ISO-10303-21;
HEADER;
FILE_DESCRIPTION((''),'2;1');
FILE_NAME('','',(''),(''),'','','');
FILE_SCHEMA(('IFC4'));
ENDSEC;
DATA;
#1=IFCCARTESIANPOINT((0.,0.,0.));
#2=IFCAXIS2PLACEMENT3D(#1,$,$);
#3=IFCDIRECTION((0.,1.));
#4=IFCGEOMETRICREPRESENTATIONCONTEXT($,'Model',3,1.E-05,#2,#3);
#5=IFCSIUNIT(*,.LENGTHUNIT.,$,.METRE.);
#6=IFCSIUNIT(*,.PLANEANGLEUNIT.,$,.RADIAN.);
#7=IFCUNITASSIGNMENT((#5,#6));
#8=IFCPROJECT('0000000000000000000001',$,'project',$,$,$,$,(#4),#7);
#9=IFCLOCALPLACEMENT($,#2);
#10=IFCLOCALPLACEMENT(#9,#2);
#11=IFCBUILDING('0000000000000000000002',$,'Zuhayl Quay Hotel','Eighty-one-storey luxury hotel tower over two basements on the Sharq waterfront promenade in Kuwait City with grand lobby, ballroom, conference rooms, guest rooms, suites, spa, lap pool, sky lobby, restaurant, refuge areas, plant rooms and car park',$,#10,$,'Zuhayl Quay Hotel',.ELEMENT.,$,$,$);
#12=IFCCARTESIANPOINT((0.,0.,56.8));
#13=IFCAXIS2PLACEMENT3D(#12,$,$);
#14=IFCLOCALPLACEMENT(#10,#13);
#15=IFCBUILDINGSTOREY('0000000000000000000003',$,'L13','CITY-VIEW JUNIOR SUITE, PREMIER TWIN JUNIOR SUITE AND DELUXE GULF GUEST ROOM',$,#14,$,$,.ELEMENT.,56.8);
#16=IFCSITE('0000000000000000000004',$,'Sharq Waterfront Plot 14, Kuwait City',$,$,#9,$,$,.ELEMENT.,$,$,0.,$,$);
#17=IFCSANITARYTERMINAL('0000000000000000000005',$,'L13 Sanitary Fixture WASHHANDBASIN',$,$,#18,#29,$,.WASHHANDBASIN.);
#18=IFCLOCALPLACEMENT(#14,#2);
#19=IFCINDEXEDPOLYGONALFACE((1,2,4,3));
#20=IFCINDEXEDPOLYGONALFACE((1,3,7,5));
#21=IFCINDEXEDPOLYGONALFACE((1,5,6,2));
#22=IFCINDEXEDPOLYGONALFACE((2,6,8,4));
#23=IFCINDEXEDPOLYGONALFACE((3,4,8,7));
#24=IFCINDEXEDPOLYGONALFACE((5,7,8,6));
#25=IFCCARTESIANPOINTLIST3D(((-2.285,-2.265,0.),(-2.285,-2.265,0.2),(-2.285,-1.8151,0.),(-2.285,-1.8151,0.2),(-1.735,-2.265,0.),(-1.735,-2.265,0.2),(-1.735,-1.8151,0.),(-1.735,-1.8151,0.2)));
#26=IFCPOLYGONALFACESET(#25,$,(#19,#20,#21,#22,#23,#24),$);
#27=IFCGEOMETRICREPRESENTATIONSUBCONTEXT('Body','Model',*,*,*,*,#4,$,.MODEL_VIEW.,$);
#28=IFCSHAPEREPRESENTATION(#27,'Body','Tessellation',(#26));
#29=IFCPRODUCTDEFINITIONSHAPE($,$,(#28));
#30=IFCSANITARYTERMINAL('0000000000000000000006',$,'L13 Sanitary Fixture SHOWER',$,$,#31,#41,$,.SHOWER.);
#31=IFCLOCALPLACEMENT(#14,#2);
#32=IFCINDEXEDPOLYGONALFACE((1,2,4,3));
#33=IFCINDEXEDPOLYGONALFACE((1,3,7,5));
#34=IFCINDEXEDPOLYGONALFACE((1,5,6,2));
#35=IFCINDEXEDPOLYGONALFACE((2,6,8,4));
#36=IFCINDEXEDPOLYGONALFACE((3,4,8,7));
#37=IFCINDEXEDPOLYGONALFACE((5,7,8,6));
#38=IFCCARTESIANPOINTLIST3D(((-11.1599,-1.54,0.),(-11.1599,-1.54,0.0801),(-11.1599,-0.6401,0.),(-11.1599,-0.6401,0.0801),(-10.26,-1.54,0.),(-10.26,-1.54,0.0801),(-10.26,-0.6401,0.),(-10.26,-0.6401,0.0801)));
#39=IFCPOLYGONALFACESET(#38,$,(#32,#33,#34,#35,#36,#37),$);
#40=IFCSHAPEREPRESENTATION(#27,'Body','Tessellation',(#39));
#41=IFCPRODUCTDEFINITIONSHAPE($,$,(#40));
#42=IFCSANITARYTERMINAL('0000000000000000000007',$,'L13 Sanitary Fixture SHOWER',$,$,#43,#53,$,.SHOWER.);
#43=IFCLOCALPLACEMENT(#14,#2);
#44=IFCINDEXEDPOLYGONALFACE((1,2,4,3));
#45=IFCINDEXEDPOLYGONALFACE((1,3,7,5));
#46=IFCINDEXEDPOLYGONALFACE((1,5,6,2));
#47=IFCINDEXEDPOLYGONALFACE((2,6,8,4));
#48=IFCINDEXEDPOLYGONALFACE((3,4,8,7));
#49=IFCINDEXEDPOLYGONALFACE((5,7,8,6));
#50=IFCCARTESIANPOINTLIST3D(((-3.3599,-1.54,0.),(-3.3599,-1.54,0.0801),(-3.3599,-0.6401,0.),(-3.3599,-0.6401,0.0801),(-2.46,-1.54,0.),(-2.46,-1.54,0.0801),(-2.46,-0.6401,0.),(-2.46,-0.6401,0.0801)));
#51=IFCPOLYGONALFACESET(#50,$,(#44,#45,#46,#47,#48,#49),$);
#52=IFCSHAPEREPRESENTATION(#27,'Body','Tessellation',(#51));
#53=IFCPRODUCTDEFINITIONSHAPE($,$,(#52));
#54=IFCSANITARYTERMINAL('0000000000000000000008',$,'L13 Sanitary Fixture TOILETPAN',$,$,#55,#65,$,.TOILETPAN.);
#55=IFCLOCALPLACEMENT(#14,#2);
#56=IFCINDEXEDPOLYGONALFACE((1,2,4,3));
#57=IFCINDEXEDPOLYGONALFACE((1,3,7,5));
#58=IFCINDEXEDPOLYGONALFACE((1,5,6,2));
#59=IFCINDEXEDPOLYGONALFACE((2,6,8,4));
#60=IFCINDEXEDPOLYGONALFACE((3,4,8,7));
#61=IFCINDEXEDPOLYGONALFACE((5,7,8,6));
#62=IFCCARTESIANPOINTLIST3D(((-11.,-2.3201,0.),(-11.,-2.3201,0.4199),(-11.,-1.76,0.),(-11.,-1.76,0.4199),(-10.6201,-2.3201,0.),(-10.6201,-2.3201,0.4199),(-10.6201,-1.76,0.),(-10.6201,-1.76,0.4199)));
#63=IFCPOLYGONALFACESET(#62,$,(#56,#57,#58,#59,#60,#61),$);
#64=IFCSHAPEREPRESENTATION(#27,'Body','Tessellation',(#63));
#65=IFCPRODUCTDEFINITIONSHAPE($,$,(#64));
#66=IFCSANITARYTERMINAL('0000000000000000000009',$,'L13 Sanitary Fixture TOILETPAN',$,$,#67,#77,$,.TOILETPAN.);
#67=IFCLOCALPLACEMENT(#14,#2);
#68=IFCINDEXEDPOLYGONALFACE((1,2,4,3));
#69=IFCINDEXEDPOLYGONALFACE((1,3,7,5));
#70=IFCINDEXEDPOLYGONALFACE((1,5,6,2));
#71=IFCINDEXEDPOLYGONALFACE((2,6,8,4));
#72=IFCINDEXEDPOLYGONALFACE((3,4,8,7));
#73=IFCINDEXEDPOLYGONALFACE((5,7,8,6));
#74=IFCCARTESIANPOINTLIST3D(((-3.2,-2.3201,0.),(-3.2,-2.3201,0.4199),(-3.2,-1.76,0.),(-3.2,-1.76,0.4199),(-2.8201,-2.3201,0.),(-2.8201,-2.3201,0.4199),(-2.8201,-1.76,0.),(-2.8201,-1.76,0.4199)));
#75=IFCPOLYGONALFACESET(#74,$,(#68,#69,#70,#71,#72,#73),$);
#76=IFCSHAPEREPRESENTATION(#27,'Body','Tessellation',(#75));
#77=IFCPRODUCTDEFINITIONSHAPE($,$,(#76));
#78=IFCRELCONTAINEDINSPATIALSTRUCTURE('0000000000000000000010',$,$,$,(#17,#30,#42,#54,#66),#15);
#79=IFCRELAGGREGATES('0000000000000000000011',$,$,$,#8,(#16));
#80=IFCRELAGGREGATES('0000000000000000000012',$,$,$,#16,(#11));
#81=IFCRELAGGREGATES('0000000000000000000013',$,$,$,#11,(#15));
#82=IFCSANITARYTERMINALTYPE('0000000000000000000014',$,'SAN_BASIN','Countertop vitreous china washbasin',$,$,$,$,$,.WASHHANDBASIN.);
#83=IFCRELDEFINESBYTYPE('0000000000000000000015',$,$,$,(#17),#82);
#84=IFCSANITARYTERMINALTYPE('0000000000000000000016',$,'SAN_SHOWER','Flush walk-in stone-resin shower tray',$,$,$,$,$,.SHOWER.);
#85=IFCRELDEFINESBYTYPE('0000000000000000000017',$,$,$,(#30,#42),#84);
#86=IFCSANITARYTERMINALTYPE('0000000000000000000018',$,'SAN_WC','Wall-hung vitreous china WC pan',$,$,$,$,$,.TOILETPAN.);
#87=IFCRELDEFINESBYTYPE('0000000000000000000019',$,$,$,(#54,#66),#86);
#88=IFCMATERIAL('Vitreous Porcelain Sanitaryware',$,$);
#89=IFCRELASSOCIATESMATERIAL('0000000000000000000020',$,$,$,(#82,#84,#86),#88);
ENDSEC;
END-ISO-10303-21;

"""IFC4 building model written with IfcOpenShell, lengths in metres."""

from ifc_helpers import new_model, si_unit, direction, frame, origin, origin_2d, place, context, subcontext, project, spatial, rectangle, extrude, material, type_object, element, save


model = new_model("IFC4")

# Units and contexts
model_context = context("Model", 3, precision=1e-05, world=origin(), true_north=direction((0.0, 1.0)))
body_context = subcontext(model_context, "Body", "Model", "MODEL_VIEW")
ifc_project = project(units=[si_unit("LENGTHUNIT", "METRE"), si_unit("PLANEANGLEUNIT", "RADIAN")], contexts=[model_context])

# Site, building, storey
site_placement = place(None, origin())
site = spatial("IfcSite", under=ifc_project, at=site_placement, Name="Sharq Waterfront Plot 14, Kuwait City", CompositionType="ELEMENT", RefElevation=0.0)
building_placement = place(site_placement, origin())
building = spatial("IfcBuilding", under=site, at=building_placement, Name="Zuhayl Quay Hotel", Description="Eighty-one-storey luxury hotel tower over two basements on the Sharq waterfront promenade in Kuwait City with grand lobby, ballroom, conference rooms, guest rooms, suites, spa, lap pool, sky lobby, restaurant, refuge areas, plant rooms and car park", LongName="Zuhayl Quay Hotel", CompositionType="ELEMENT")
storey_placement = place(building_placement, frame((0.0, 0.0, 56.8)))
storey = spatial("IfcBuildingStorey", under=building, at=storey_placement, Name="L13", Description="CITY-VIEW JUNIOR SUITE, PREMIER TWIN JUNIOR SUITE AND DELUXE GULF GUEST ROOM", CompositionType="ELEMENT", Elevation=56.8)

# Sanitary terminals
ifc_material_1 = material(Name="Vitreous Porcelain Sanitaryware")
sanitary_terminal_type_1 = type_object("IfcSanitaryTerminalType", Name="SAN_BASIN", Description="Countertop vitreous china washbasin", PredefinedType="WASHHANDBASIN", material=ifc_material_1)
for number, where, z_axis, x_axis, name in (
    (1, (-2.01, -2.04, 0.0), (0.0, 0.0, 1.0), (1.0, 0.0, 0.0), "L13 Sanitary Fixture WASHHANDBASIN"),
):
    element("IfcSanitaryTerminal", number, at=place(storey_placement, frame(where, z_axis=z_axis, x_axis=x_axis)), inside=storey, type_object=sanitary_terminal_type_1, Name=name, PredefinedType="WASHHANDBASIN", context=body_context, shape_type="SweptSolid", body=[
        extrude(rectangle(XDim=0.55, YDim=0.45, at=origin_2d()), origin(), (0.0, 0.0, 1.0), 0.2),
    ])
sanitary_terminal_type_2 = type_object("IfcSanitaryTerminalType", Name="SAN_SHOWER", Description="Flush walk-in stone-resin shower tray", PredefinedType="SHOWER", material=ifc_material_1)
for number, where, z_axis, x_axis, name in (
    (2, (-10.71, -1.0901, 0.0), (0.0, 0.0, 1.0), (1.0, 0.0, 0.0), "L13 Sanitary Fixture SHOWER"),
    (3, (-2.9099, -1.0901, 0.0), (0.0, 0.0, 1.0), (1.0, 0.0, 0.0), "L13 Sanitary Fixture SHOWER"),
):
    element("IfcSanitaryTerminal", number, at=place(storey_placement, frame(where, z_axis=z_axis, x_axis=x_axis)), inside=storey, type_object=sanitary_terminal_type_2, Name=name, PredefinedType="SHOWER", context=body_context, shape_type="SweptSolid", body=[
        extrude(rectangle(XDim=0.8999, YDim=0.8999, at=origin_2d()), origin(), (0.0, 0.0, 1.0), 0.0801),
    ])
sanitary_terminal_type_3 = type_object("IfcSanitaryTerminalType", Name="SAN_WC", Description="Wall-hung vitreous china WC pan", PredefinedType="TOILETPAN", material=ifc_material_1)
for number, where, z_axis, x_axis, name in (
    (4, (-10.8101, -2.04, 0.0), (0.0, 0.0, 1.0), (1.0, 0.0, 0.0), "L13 Sanitary Fixture TOILETPAN"),
    (5, (-3.01, -2.04, 0.0), (0.0, 0.0, 1.0), (1.0, 0.0, 0.0), "L13 Sanitary Fixture TOILETPAN"),
):
    element("IfcSanitaryTerminal", number, at=place(storey_placement, frame(where, z_axis=z_axis, x_axis=x_axis)), inside=storey, type_object=sanitary_terminal_type_3, Name=name, PredefinedType="TOILETPAN", context=body_context, shape_type="SweptSolid", body=[
        extrude(rectangle(XDim=0.3799, YDim=0.5601, at=origin_2d()), origin(), (0.0, 0.0, 1.0), 0.4199),
    ])

save(model, "model.ifc")
